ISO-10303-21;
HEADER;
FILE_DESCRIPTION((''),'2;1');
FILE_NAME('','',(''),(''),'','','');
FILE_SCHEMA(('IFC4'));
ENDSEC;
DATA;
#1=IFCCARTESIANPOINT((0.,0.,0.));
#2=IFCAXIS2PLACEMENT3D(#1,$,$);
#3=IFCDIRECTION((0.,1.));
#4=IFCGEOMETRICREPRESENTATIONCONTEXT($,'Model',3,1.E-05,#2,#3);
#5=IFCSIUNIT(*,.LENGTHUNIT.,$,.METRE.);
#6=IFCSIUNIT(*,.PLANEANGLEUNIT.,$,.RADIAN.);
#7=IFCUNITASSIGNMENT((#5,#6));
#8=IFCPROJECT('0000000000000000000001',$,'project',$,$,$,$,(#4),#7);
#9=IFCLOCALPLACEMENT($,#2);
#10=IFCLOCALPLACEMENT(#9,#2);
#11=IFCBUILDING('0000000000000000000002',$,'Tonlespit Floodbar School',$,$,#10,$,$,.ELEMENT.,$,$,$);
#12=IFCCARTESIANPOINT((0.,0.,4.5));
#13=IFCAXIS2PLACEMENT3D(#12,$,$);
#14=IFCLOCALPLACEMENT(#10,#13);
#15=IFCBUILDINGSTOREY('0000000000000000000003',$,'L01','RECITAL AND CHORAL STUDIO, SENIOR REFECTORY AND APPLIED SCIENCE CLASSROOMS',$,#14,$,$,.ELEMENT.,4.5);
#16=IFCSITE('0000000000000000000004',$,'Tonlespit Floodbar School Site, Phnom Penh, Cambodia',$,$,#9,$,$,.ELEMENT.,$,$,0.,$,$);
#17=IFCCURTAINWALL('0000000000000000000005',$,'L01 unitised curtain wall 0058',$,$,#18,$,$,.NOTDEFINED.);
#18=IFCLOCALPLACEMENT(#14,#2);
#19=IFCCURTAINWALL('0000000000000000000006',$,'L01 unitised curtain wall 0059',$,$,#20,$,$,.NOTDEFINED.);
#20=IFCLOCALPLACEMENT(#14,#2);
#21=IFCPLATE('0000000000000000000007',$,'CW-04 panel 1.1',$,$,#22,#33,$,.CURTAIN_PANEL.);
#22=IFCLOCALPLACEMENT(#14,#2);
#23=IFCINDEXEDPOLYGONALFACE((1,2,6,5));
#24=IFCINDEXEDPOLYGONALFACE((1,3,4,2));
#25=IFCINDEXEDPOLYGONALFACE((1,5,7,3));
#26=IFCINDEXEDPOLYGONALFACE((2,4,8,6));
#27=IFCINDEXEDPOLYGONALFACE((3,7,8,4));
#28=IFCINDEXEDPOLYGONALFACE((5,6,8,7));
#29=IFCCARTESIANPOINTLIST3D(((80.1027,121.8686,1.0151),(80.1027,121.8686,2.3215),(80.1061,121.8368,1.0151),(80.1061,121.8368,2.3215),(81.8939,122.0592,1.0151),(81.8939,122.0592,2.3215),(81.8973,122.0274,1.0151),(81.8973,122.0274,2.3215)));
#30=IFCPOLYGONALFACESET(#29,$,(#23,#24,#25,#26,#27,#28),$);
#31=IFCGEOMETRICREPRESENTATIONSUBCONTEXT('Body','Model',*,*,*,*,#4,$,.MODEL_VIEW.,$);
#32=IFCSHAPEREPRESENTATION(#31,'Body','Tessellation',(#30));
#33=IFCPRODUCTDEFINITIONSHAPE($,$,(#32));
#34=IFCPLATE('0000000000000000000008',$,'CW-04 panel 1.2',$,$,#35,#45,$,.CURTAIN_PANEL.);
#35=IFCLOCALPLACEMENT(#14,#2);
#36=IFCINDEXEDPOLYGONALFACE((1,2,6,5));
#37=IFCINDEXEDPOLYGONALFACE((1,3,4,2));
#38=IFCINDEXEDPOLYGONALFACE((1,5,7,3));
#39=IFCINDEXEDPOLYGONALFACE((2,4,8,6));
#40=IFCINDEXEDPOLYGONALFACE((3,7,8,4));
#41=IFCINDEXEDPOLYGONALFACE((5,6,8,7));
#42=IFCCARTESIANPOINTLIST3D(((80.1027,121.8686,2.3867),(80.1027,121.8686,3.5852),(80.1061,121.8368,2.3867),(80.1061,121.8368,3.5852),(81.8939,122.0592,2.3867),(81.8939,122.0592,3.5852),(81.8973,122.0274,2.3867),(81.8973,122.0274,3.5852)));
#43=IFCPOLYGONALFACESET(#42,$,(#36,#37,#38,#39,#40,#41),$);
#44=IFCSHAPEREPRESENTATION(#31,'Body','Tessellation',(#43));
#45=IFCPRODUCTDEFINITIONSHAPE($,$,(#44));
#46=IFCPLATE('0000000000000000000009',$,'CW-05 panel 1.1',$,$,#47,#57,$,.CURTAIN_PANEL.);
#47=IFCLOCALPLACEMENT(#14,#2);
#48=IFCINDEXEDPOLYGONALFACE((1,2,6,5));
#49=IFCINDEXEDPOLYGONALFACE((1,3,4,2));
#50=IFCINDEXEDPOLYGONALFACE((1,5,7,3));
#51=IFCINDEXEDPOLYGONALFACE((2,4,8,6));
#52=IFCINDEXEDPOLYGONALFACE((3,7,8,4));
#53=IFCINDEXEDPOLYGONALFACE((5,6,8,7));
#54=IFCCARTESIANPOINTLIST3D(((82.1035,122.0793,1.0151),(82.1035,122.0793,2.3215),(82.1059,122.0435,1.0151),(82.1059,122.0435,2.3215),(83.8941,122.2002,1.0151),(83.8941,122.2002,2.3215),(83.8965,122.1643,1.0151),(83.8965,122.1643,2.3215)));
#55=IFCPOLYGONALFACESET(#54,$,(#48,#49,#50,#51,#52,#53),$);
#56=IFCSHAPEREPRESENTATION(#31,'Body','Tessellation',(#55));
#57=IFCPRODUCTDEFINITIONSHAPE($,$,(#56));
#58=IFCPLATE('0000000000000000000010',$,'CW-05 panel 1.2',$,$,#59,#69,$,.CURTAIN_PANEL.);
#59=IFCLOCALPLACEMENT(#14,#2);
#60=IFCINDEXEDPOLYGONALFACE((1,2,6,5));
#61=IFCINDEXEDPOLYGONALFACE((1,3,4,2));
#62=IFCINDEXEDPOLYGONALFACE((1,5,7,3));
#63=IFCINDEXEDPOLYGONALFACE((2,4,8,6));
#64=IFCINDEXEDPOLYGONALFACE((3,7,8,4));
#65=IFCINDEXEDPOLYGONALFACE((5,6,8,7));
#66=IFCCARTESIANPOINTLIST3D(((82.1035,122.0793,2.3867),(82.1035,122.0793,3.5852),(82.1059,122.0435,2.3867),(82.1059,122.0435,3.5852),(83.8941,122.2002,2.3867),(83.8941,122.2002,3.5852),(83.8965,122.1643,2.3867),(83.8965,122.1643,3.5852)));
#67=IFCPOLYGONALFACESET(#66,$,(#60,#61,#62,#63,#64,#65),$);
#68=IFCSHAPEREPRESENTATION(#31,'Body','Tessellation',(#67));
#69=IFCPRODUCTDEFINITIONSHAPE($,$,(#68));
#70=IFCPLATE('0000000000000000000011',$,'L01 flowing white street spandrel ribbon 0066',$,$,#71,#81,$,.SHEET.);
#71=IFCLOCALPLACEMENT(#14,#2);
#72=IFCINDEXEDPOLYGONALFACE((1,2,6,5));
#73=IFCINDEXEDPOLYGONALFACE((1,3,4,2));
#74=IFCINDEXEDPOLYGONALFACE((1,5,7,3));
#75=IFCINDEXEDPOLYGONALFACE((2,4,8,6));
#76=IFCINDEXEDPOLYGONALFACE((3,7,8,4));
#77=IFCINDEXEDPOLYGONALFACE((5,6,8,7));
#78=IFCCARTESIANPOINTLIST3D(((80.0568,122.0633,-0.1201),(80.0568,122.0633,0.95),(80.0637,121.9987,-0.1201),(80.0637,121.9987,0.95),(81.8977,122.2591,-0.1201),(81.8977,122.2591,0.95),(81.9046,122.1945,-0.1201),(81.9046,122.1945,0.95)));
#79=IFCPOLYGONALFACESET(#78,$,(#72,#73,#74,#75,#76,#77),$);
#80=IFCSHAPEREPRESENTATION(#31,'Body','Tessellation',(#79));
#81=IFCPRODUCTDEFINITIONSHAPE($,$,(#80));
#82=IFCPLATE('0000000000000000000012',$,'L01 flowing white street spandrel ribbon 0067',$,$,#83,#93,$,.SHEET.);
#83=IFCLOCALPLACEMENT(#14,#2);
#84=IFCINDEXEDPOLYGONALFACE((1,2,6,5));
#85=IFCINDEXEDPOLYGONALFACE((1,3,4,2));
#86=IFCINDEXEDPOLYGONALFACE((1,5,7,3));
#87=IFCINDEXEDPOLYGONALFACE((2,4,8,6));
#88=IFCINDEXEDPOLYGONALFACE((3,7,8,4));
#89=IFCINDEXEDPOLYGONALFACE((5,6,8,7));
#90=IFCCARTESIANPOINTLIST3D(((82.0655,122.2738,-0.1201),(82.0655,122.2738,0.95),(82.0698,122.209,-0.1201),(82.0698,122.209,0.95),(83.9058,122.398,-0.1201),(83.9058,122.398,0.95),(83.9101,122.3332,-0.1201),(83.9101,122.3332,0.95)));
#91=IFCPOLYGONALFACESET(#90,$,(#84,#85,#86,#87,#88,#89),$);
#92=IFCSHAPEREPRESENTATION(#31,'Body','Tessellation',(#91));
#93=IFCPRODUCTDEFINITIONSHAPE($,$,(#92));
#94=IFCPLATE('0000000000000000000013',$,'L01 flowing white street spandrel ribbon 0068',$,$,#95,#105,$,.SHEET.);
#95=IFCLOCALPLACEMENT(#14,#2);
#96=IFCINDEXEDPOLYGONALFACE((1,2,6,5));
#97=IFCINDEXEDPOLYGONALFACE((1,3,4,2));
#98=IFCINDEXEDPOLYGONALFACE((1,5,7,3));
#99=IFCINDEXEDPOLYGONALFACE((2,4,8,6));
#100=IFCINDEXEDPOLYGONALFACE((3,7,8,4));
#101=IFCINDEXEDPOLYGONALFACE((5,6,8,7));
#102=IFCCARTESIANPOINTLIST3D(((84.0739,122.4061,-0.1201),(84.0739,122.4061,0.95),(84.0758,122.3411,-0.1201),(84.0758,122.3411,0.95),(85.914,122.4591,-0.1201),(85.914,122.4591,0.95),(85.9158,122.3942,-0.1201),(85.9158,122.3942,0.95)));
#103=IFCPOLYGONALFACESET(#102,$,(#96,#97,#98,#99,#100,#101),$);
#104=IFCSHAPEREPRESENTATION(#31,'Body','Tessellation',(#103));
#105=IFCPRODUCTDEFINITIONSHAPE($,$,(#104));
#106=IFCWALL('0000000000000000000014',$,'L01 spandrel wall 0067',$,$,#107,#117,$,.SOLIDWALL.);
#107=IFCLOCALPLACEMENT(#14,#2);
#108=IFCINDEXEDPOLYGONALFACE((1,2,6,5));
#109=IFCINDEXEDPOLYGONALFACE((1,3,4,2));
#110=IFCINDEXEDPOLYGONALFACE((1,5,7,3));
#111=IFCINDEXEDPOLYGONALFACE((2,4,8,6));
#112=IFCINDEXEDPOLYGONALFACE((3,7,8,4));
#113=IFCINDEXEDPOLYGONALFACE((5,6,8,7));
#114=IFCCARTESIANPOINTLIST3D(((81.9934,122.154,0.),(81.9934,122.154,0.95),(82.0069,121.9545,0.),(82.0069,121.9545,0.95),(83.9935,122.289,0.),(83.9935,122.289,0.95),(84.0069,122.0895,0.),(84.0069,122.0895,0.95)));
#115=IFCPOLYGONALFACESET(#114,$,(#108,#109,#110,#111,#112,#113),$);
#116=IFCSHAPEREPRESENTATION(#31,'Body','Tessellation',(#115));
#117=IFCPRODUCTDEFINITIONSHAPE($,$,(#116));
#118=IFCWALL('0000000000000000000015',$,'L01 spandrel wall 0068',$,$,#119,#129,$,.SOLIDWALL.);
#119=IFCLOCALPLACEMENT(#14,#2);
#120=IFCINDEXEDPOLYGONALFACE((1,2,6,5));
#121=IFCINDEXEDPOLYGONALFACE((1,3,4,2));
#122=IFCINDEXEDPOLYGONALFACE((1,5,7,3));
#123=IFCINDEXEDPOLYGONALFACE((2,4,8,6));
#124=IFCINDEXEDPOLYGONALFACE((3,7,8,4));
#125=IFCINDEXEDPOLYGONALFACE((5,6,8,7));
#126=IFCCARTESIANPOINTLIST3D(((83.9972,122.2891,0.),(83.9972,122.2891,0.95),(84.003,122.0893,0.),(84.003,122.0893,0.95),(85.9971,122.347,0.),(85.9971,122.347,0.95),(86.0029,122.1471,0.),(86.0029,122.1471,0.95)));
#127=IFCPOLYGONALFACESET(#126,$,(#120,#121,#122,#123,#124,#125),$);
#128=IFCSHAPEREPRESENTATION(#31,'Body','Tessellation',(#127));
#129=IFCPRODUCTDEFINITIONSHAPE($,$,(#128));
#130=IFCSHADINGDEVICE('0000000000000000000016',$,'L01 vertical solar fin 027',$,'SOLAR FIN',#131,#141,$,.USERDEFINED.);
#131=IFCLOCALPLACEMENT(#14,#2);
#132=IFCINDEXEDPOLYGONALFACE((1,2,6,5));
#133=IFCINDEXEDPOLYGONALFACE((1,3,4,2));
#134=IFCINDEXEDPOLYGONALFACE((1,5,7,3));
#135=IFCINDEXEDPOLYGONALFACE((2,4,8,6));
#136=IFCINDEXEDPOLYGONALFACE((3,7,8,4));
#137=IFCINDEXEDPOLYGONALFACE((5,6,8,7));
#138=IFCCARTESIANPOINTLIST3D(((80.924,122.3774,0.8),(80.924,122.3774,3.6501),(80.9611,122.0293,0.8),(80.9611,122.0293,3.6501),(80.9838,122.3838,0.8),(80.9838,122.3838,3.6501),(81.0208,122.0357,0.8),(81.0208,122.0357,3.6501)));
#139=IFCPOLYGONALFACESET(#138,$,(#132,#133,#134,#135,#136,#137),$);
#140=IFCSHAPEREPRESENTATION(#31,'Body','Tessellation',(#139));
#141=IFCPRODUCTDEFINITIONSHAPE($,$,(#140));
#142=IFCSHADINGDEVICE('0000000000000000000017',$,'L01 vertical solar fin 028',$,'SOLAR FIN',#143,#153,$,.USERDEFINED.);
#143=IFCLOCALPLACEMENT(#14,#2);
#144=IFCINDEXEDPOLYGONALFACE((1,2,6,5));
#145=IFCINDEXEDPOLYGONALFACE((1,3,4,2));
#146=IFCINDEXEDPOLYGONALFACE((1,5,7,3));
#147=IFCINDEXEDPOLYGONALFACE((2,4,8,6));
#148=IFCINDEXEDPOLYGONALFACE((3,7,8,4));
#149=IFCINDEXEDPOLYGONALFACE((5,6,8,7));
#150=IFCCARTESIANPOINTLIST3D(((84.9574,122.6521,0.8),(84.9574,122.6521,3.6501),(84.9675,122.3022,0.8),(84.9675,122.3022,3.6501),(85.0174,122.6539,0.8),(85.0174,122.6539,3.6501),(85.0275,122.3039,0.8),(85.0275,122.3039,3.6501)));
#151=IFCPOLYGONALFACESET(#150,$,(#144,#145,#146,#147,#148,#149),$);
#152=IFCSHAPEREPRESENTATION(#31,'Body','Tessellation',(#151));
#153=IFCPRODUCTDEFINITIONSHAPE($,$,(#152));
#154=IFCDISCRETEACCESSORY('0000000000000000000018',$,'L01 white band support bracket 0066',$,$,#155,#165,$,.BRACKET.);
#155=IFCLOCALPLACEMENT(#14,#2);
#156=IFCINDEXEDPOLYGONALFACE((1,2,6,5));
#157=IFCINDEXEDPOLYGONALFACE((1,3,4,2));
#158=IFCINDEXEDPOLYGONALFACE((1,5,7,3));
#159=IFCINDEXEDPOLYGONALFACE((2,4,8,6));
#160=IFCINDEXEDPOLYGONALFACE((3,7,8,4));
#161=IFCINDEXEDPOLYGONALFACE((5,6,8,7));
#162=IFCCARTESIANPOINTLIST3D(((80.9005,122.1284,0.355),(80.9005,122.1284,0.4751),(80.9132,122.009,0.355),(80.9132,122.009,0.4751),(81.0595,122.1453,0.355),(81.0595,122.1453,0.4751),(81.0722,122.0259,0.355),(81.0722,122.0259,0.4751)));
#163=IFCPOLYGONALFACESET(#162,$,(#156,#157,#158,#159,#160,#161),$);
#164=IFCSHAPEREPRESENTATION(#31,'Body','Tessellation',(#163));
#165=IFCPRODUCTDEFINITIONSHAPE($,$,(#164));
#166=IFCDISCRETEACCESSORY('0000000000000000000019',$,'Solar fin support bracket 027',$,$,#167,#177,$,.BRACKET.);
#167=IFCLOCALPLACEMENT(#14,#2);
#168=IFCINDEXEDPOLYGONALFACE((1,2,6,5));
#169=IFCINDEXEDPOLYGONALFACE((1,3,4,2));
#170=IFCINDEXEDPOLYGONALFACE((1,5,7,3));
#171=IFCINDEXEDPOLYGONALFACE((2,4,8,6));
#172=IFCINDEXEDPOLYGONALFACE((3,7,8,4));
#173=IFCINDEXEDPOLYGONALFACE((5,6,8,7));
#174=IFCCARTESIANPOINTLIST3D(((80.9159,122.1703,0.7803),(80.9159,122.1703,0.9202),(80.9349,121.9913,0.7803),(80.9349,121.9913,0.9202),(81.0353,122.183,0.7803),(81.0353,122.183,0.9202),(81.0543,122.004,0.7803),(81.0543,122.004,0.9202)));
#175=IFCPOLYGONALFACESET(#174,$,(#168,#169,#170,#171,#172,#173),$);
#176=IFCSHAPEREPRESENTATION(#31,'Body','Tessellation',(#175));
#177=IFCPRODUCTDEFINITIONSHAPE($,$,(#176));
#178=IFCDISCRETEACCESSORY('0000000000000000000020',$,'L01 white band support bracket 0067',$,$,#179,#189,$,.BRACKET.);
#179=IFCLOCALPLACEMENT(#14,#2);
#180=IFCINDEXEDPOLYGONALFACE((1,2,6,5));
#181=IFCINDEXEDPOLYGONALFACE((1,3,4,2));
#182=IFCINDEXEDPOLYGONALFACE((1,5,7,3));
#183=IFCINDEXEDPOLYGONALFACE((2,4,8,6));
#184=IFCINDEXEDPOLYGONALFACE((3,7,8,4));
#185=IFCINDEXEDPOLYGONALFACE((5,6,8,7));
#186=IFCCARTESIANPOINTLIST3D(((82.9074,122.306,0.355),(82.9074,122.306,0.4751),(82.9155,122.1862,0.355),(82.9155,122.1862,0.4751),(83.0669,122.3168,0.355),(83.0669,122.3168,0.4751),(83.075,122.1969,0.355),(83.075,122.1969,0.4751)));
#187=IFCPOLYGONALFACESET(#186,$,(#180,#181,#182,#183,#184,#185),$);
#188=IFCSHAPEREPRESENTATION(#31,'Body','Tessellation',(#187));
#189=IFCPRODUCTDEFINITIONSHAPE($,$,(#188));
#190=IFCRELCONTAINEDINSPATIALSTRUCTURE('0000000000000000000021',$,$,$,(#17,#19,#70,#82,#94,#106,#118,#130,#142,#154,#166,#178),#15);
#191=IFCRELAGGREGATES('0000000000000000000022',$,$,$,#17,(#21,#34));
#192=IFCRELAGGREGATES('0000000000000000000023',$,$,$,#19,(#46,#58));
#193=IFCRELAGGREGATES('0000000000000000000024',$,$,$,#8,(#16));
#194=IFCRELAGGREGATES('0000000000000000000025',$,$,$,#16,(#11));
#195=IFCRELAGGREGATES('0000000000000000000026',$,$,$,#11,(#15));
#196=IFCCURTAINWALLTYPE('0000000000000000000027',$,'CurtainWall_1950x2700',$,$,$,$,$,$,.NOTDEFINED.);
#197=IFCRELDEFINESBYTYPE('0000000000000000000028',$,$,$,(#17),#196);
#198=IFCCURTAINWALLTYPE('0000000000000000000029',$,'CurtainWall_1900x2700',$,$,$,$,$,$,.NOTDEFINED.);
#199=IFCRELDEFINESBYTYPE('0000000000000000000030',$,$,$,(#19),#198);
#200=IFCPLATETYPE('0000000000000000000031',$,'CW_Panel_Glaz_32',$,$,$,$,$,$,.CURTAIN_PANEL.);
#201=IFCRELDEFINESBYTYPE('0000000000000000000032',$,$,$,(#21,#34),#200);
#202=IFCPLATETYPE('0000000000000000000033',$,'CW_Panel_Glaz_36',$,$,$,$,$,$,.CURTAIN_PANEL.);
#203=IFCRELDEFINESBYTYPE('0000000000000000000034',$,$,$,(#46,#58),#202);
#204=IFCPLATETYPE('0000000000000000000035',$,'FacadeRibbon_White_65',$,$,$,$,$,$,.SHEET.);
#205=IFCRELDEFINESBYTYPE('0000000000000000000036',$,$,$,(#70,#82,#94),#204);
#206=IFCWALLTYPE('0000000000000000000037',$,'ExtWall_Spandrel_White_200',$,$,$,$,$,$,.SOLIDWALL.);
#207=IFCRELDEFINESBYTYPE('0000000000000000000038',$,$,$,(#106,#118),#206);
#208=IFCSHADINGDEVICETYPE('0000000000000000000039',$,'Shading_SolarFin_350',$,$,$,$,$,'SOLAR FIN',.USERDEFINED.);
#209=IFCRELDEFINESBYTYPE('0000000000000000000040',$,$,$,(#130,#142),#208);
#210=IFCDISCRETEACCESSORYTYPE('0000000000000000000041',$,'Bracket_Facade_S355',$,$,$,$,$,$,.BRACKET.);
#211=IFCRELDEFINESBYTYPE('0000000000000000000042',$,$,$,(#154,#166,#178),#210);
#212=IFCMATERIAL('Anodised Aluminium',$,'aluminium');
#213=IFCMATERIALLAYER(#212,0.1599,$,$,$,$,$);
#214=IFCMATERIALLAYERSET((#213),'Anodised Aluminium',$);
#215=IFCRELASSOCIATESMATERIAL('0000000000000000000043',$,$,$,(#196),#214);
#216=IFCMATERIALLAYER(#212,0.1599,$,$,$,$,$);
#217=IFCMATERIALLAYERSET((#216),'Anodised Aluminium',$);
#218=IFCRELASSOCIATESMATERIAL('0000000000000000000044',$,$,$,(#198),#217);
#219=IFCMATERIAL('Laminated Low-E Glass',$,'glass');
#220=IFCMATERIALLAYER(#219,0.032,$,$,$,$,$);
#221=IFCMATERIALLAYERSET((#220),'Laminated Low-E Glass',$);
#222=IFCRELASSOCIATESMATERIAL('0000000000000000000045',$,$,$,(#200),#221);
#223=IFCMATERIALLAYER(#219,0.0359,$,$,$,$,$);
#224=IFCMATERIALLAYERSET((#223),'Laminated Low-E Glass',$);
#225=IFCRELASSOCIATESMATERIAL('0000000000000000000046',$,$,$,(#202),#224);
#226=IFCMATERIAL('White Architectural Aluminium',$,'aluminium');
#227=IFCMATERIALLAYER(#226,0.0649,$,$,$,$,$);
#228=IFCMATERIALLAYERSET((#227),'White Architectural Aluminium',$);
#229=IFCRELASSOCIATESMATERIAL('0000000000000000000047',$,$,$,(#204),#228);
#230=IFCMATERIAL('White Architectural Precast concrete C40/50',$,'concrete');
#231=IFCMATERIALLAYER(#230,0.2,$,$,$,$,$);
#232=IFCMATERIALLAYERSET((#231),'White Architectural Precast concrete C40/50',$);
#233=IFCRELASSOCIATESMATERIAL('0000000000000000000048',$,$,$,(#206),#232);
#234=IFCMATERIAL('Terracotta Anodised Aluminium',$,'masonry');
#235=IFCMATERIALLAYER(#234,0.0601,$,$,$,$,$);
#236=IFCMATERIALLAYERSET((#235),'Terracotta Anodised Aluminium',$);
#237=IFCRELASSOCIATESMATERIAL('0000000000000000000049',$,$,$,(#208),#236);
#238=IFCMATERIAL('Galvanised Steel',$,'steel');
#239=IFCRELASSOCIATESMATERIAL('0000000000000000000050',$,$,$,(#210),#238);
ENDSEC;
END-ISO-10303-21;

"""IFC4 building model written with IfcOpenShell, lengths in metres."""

from ifc_helpers import new_model, si_unit, direction, frame, frame_2d, origin, origin_2d, place, context, subcontext, project, spatial, rectangle, extrude, material, layer, layer_set, type_object, element, aggregate, save


model = new_model("IFC4")

# Units and contexts
model_context = context("Model", 3, precision=1e-05, world=origin(), true_north=direction((0.0, 1.0)))
body_context = subcontext(model_context, "Body", "Model", "MODEL_VIEW")
ifc_project = project(units=[si_unit("LENGTHUNIT", "METRE"), si_unit("PLANEANGLEUNIT", "RADIAN")], contexts=[model_context])

# Site, building, storey
site_placement = place(None, origin())
site = spatial("IfcSite", under=ifc_project, at=site_placement, Name="Tonlespit Floodbar School Site, Phnom Penh, Cambodia", CompositionType="ELEMENT", RefElevation=0.0)
building_placement = place(site_placement, origin())
building = spatial("IfcBuilding", under=site, at=building_placement, Name="Tonlespit Floodbar School", CompositionType="ELEMENT")
storey_placement = place(building_placement, frame((0.0, 0.0, 4.5)))
storey = spatial("IfcBuildingStorey", under=building, at=storey_placement, Name="L01", Description="RECITAL AND CHORAL STUDIO, SENIOR REFECTORY AND APPLIED SCIENCE CLASSROOMS", CompositionType="ELEMENT", Elevation=4.5)

# Curtain wall
ifc_material_1 = material(Name="Anodised Aluminium", Category="aluminium")
ifc_layer_1 = layer(ifc_material_1, 0.1599)
ifc_layer_set_1 = layer_set([ifc_layer_1], Name="Anodised Aluminium")
curtain_wall_type_1 = type_object("IfcCurtainWallType", Name="CurtainWall_1950x2700", PredefinedType="NOTDEFINED", material=ifc_layer_set_1)
curtain_wall_1_placement = place(storey_placement, origin())
curtain_wall_1 = element("IfcCurtainWall", 1, at=curtain_wall_1_placement, inside=storey, type_object=curtain_wall_type_1, Name="L01 unitised curtain wall 0058", PredefinedType="NOTDEFINED")
ifc_layer_2 = layer(ifc_material_1, 0.1599)
ifc_layer_set_2 = layer_set([ifc_layer_2], Name="Anodised Aluminium")
curtain_wall_type_2 = type_object("IfcCurtainWallType", Name="CurtainWall_1900x2700", PredefinedType="NOTDEFINED", material=ifc_layer_set_2)

# Curtain wall
curtain_wall_2_placement = place(storey_placement, origin())
curtain_wall_2 = element("IfcCurtainWall", 2, at=curtain_wall_2_placement, inside=storey, type_object=curtain_wall_type_2, Name="L01 unitised curtain wall 0059", PredefinedType="NOTDEFINED")

# Plates
ifc_material_2 = material(Name="Laminated Low-E Glass", Category="glass")
ifc_layer_3 = layer(ifc_material_2, 0.032)
ifc_layer_set_3 = layer_set([ifc_layer_3], Name="Laminated Low-E Glass")
plate_type_1 = type_object("IfcPlateType", Name="CW_Panel_Glaz_32", PredefinedType="CURTAIN_PANEL", material=ifc_layer_set_3)
plate_1_placement = place(storey_placement, frame((81.0, 121.948, 1.0151), z_axis=(0.0, 0.0, 1.0), x_axis=(0.994389, 0.105787, 0.0)))
plate_1 = element("IfcPlate", 3, at=plate_1_placement, type_object=plate_type_1, Name="CW-04 panel 1.1", PredefinedType="CURTAIN_PANEL", context=body_context, shape_type="SweptSolid", body=[
    extrude(rectangle(XDim=1.8013, YDim=0.032, at=origin_2d()), origin(), (0.0, 0.0, 1.0), 1.3064),
])
plate_2_placement = place(storey_placement, frame((81.0, 121.948, 2.3867), z_axis=(0.0, 0.0, 1.0), x_axis=(0.994389, 0.105787, 0.0)))
plate_2 = element("IfcPlate", 4, at=plate_2_placement, type_object=plate_type_1, Name="CW-04 panel 1.2", PredefinedType="CURTAIN_PANEL", context=body_context, shape_type="SweptSolid", body=[
    extrude(rectangle(XDim=1.8013, YDim=0.032, at=origin_2d()), origin(), (0.0, 0.0, 1.0), 1.1985),
])
aggregate(curtain_wall_1, [plate_1, plate_2])
ifc_layer_4 = layer(ifc_material_2, 0.0359)
ifc_layer_set_4 = layer_set([ifc_layer_4], Name="Laminated Low-E Glass")
plate_type_2 = type_object("IfcPlateType", Name="CW_Panel_Glaz_36", PredefinedType="CURTAIN_PANEL", material=ifc_layer_set_4)
plate_3_placement = place(storey_placement, frame((83.0, 122.1218, 1.0151), z_axis=(0.0, 0.0, 1.0), x_axis=(0.99773, 0.06734, 0.0)))
plate_3 = element("IfcPlate", 5, at=plate_3_placement, type_object=plate_type_2, Name="CW-05 panel 1.1", PredefinedType="CURTAIN_PANEL", context=body_context, shape_type="SweptSolid", body=[
    extrude(rectangle(XDim=1.7947, YDim=0.0359, at=origin_2d()), origin(), (0.0, 0.0, 1.0), 1.3064),
])
plate_4_placement = place(storey_placement, frame((83.0, 122.1218, 2.3867), z_axis=(0.0, 0.0, 1.0), x_axis=(0.99773, 0.06734, 0.0)))
plate_4 = element("IfcPlate", 6, at=plate_4_placement, type_object=plate_type_2, Name="CW-05 panel 1.2", PredefinedType="CURTAIN_PANEL", context=body_context, shape_type="SweptSolid", body=[
    extrude(rectangle(XDim=1.7947, YDim=0.0359, at=origin_2d()), origin(), (0.0, 0.0, 1.0), 1.1985),
])
aggregate(curtain_wall_2, [plate_3, plate_4])

# Plates
ifc_material_3 = material(Name="White Architectural Aluminium", Category="aluminium")
ifc_layer_5 = layer(ifc_material_3, 0.0649)
ifc_layer_set_5 = layer_set([ifc_layer_5], Name="White Architectural Aluminium")
plate_type_3 = type_object("IfcPlateType", Name="FacadeRibbon_White_65", PredefinedType="SHEET", material=ifc_layer_set_5)
plate_5_placement = place(storey_placement, frame((80.9807, 122.1289, -0.1201), z_axis=(0.0, 0.0, 1.0), x_axis=(0.994392, 0.105754, 0.0)))
element("IfcPlate", 7, at=plate_5_placement, inside=storey, type_object=plate_type_3, Name="L01 flowing white street spandrel ribbon 0066", PredefinedType="SHEET", context=body_context, shape_type="SweptSolid", body=[
    extrude(rectangle(XDim=1.8513, YDim=0.0649, at=origin_2d()), origin(), (0.0, 0.0, 1.0), 1.0701),
])
plate_6_placement = place(storey_placement, frame((82.9878, 122.3035, -0.1201), z_axis=(0.0, 0.0, 1.0), x_axis=(0.99773, 0.067347, 0.0)))
element("IfcPlate", 8, at=plate_6_placement, inside=storey, type_object=plate_type_3, Name="L01 flowing white street spandrel ribbon 0067", PredefinedType="SHEET", context=body_context, shape_type="SweptSolid", body=[
    extrude(rectangle(XDim=1.8445, YDim=0.0649, at=origin_2d()), origin(), (0.0, 0.0, 1.0), 1.0701),
])
plate_7_placement = place(storey_placement, frame((84.9949, 122.4001, -0.1201), z_axis=(0.0, 0.0, 1.0), x_axis=(0.999584, 0.028838, 0.0)))
element("IfcPlate", 9, at=plate_7_placement, inside=storey, type_object=plate_type_3, Name="L01 flowing white street spandrel ribbon 0068", PredefinedType="SHEET", context=body_context, shape_type="SweptSolid", body=[
    extrude(rectangle(XDim=1.8408, YDim=0.0649, at=origin_2d()), origin(), (0.0, 0.0, 1.0), 1.0701),
])

# Walls
ifc_material_4 = material(Name="White Architectural Precast concrete C40/50", Category="concrete")
ifc_layer_6 = layer(ifc_material_4, 0.2)
ifc_layer_set_6 = layer_set([ifc_layer_6], Name="White Architectural Precast concrete C40/50")
wall_type = type_object("IfcWallType", Name="ExtWall_Spandrel_White_200", PredefinedType="SOLIDWALL", material=ifc_layer_set_6)
wall_1_placement = place(storey_placement, frame((82.0, 122.0542, 0.0), z_axis=(0.0, 0.0, 1.0), x_axis=(0.997729, 0.067352, 0.0)))
element("IfcWall", 10, at=wall_1_placement, inside=storey, type_object=wall_type, Name="L01 spandrel wall 0067", PredefinedType="SOLIDWALL", context=body_context, shape_type="SweptSolid", body=[
    extrude(rectangle(XDim=2.0046, YDim=0.2, at=frame_2d((1.0024, 0.0))), origin(), (0.0, 0.0, 1.0), 0.95),
])
wall_2_placement = place(storey_placement, frame((84.0, 122.1892, 0.0), z_axis=(0.0, 0.0, 1.0), x_axis=(0.999582, 0.028919, 0.0)))
element("IfcWall", 11, at=wall_2_placement, inside=storey, type_object=wall_type, Name="L01 spandrel wall 0068", PredefinedType="SOLIDWALL", context=body_context, shape_type="SweptSolid", body=[
    extrude(rectangle(XDim=2.0007, YDim=0.2, at=frame_2d((1.0005, 0.0))), origin(), (0.0, 0.0, 1.0), 0.95),
])

# Shading devices
ifc_material_5 = material(Name="Terracotta Anodised Aluminium", Category="masonry")
ifc_layer_7 = layer(ifc_material_5, 0.0601)
ifc_layer_set_7 = layer_set([ifc_layer_7], Name="Terracotta Anodised Aluminium")
shading_device_type = type_object("IfcShadingDeviceType", Name="Shading_SolarFin_350", ElementType="SOLAR FIN", PredefinedType="USERDEFINED", material=ifc_layer_set_7)
for number, where, z_axis, x_axis, name in (
    (12, (80.9724, 122.2065, 0.8), (0.0, 0.0, 1.0), (0.994392, 0.105754, 0.0), "L01 vertical solar fin 027"),
    (13, (84.9924, 122.478, 0.8), (0.0, 0.0, 1.0), (0.999584, 0.028838, 0.0), "L01 vertical solar fin 028"),
):
    element("IfcShadingDevice", number, at=place(storey_placement, frame(where, z_axis=z_axis, x_axis=x_axis)), inside=storey, type_object=shading_device_type, Name=name, ObjectType="SOLAR FIN", PredefinedType="USERDEFINED", context=body_context, shape_type="SweptSolid", body=[
        extrude(rectangle(XDim=0.0601, YDim=0.3501, at=origin_2d()), origin(), (0.0, 0.0, 1.0), 2.8501),
    ])

# Discrete accessories
ifc_material_6 = material(Name="Galvanised Steel", Category="steel")
discrete_accessory_type = type_object("IfcDiscreteAccessoryType", Name="Bracket_Facade_S355", PredefinedType="BRACKET", material=ifc_material_6)
discrete_accessory_1_placement = place(storey_placement, frame((80.9863, 122.0771, 0.355), z_axis=(0.0, 0.0, 1.0), x_axis=(0.994392, 0.105754, 0.0)))
element("IfcDiscreteAccessory", 14, at=discrete_accessory_1_placement, inside=storey, type_object=discrete_accessory_type, Name="L01 white band support bracket 0066", PredefinedType="BRACKET", context=body_context, shape_type="SweptSolid", body=[
    extrude(rectangle(XDim=0.1599, YDim=0.1201, at=origin_2d()), origin(), (0.0, 0.0, 1.0), 0.1201),
])
discrete_accessory_2_placement = place(storey_placement, frame((80.9851, 122.0872, 0.7803), z_axis=(0.0, 0.0, 1.0), x_axis=(0.994392, 0.105754, 0.0)))
element("IfcDiscreteAccessory", 15, at=discrete_accessory_2_placement, inside=storey, type_object=discrete_accessory_type, Name="Solar fin support bracket 027", PredefinedType="BRACKET", context=body_context, shape_type="SweptSolid", body=[
    extrude(rectangle(XDim=0.1201, YDim=0.1799, at=origin_2d()), origin(), (0.0, 0.0, 1.0), 0.1399),
])
discrete_accessory_3_placement = place(storey_placement, frame((82.9912, 122.2515, 0.355), z_axis=(0.0, 0.0, 1.0), x_axis=(0.99773, 0.067347, 0.0)))
element("IfcDiscreteAccessory", 16, at=discrete_accessory_3_placement, inside=storey, type_object=discrete_accessory_type, Name="L01 white band support bracket 0067", PredefinedType="BRACKET", context=body_context, shape_type="SweptSolid", body=[
    extrude(rectangle(XDim=0.1599, YDim=0.1201, at=origin_2d()), origin(), (0.0, 0.0, 1.0), 0.1201),
])

save(model, "model.ifc")
